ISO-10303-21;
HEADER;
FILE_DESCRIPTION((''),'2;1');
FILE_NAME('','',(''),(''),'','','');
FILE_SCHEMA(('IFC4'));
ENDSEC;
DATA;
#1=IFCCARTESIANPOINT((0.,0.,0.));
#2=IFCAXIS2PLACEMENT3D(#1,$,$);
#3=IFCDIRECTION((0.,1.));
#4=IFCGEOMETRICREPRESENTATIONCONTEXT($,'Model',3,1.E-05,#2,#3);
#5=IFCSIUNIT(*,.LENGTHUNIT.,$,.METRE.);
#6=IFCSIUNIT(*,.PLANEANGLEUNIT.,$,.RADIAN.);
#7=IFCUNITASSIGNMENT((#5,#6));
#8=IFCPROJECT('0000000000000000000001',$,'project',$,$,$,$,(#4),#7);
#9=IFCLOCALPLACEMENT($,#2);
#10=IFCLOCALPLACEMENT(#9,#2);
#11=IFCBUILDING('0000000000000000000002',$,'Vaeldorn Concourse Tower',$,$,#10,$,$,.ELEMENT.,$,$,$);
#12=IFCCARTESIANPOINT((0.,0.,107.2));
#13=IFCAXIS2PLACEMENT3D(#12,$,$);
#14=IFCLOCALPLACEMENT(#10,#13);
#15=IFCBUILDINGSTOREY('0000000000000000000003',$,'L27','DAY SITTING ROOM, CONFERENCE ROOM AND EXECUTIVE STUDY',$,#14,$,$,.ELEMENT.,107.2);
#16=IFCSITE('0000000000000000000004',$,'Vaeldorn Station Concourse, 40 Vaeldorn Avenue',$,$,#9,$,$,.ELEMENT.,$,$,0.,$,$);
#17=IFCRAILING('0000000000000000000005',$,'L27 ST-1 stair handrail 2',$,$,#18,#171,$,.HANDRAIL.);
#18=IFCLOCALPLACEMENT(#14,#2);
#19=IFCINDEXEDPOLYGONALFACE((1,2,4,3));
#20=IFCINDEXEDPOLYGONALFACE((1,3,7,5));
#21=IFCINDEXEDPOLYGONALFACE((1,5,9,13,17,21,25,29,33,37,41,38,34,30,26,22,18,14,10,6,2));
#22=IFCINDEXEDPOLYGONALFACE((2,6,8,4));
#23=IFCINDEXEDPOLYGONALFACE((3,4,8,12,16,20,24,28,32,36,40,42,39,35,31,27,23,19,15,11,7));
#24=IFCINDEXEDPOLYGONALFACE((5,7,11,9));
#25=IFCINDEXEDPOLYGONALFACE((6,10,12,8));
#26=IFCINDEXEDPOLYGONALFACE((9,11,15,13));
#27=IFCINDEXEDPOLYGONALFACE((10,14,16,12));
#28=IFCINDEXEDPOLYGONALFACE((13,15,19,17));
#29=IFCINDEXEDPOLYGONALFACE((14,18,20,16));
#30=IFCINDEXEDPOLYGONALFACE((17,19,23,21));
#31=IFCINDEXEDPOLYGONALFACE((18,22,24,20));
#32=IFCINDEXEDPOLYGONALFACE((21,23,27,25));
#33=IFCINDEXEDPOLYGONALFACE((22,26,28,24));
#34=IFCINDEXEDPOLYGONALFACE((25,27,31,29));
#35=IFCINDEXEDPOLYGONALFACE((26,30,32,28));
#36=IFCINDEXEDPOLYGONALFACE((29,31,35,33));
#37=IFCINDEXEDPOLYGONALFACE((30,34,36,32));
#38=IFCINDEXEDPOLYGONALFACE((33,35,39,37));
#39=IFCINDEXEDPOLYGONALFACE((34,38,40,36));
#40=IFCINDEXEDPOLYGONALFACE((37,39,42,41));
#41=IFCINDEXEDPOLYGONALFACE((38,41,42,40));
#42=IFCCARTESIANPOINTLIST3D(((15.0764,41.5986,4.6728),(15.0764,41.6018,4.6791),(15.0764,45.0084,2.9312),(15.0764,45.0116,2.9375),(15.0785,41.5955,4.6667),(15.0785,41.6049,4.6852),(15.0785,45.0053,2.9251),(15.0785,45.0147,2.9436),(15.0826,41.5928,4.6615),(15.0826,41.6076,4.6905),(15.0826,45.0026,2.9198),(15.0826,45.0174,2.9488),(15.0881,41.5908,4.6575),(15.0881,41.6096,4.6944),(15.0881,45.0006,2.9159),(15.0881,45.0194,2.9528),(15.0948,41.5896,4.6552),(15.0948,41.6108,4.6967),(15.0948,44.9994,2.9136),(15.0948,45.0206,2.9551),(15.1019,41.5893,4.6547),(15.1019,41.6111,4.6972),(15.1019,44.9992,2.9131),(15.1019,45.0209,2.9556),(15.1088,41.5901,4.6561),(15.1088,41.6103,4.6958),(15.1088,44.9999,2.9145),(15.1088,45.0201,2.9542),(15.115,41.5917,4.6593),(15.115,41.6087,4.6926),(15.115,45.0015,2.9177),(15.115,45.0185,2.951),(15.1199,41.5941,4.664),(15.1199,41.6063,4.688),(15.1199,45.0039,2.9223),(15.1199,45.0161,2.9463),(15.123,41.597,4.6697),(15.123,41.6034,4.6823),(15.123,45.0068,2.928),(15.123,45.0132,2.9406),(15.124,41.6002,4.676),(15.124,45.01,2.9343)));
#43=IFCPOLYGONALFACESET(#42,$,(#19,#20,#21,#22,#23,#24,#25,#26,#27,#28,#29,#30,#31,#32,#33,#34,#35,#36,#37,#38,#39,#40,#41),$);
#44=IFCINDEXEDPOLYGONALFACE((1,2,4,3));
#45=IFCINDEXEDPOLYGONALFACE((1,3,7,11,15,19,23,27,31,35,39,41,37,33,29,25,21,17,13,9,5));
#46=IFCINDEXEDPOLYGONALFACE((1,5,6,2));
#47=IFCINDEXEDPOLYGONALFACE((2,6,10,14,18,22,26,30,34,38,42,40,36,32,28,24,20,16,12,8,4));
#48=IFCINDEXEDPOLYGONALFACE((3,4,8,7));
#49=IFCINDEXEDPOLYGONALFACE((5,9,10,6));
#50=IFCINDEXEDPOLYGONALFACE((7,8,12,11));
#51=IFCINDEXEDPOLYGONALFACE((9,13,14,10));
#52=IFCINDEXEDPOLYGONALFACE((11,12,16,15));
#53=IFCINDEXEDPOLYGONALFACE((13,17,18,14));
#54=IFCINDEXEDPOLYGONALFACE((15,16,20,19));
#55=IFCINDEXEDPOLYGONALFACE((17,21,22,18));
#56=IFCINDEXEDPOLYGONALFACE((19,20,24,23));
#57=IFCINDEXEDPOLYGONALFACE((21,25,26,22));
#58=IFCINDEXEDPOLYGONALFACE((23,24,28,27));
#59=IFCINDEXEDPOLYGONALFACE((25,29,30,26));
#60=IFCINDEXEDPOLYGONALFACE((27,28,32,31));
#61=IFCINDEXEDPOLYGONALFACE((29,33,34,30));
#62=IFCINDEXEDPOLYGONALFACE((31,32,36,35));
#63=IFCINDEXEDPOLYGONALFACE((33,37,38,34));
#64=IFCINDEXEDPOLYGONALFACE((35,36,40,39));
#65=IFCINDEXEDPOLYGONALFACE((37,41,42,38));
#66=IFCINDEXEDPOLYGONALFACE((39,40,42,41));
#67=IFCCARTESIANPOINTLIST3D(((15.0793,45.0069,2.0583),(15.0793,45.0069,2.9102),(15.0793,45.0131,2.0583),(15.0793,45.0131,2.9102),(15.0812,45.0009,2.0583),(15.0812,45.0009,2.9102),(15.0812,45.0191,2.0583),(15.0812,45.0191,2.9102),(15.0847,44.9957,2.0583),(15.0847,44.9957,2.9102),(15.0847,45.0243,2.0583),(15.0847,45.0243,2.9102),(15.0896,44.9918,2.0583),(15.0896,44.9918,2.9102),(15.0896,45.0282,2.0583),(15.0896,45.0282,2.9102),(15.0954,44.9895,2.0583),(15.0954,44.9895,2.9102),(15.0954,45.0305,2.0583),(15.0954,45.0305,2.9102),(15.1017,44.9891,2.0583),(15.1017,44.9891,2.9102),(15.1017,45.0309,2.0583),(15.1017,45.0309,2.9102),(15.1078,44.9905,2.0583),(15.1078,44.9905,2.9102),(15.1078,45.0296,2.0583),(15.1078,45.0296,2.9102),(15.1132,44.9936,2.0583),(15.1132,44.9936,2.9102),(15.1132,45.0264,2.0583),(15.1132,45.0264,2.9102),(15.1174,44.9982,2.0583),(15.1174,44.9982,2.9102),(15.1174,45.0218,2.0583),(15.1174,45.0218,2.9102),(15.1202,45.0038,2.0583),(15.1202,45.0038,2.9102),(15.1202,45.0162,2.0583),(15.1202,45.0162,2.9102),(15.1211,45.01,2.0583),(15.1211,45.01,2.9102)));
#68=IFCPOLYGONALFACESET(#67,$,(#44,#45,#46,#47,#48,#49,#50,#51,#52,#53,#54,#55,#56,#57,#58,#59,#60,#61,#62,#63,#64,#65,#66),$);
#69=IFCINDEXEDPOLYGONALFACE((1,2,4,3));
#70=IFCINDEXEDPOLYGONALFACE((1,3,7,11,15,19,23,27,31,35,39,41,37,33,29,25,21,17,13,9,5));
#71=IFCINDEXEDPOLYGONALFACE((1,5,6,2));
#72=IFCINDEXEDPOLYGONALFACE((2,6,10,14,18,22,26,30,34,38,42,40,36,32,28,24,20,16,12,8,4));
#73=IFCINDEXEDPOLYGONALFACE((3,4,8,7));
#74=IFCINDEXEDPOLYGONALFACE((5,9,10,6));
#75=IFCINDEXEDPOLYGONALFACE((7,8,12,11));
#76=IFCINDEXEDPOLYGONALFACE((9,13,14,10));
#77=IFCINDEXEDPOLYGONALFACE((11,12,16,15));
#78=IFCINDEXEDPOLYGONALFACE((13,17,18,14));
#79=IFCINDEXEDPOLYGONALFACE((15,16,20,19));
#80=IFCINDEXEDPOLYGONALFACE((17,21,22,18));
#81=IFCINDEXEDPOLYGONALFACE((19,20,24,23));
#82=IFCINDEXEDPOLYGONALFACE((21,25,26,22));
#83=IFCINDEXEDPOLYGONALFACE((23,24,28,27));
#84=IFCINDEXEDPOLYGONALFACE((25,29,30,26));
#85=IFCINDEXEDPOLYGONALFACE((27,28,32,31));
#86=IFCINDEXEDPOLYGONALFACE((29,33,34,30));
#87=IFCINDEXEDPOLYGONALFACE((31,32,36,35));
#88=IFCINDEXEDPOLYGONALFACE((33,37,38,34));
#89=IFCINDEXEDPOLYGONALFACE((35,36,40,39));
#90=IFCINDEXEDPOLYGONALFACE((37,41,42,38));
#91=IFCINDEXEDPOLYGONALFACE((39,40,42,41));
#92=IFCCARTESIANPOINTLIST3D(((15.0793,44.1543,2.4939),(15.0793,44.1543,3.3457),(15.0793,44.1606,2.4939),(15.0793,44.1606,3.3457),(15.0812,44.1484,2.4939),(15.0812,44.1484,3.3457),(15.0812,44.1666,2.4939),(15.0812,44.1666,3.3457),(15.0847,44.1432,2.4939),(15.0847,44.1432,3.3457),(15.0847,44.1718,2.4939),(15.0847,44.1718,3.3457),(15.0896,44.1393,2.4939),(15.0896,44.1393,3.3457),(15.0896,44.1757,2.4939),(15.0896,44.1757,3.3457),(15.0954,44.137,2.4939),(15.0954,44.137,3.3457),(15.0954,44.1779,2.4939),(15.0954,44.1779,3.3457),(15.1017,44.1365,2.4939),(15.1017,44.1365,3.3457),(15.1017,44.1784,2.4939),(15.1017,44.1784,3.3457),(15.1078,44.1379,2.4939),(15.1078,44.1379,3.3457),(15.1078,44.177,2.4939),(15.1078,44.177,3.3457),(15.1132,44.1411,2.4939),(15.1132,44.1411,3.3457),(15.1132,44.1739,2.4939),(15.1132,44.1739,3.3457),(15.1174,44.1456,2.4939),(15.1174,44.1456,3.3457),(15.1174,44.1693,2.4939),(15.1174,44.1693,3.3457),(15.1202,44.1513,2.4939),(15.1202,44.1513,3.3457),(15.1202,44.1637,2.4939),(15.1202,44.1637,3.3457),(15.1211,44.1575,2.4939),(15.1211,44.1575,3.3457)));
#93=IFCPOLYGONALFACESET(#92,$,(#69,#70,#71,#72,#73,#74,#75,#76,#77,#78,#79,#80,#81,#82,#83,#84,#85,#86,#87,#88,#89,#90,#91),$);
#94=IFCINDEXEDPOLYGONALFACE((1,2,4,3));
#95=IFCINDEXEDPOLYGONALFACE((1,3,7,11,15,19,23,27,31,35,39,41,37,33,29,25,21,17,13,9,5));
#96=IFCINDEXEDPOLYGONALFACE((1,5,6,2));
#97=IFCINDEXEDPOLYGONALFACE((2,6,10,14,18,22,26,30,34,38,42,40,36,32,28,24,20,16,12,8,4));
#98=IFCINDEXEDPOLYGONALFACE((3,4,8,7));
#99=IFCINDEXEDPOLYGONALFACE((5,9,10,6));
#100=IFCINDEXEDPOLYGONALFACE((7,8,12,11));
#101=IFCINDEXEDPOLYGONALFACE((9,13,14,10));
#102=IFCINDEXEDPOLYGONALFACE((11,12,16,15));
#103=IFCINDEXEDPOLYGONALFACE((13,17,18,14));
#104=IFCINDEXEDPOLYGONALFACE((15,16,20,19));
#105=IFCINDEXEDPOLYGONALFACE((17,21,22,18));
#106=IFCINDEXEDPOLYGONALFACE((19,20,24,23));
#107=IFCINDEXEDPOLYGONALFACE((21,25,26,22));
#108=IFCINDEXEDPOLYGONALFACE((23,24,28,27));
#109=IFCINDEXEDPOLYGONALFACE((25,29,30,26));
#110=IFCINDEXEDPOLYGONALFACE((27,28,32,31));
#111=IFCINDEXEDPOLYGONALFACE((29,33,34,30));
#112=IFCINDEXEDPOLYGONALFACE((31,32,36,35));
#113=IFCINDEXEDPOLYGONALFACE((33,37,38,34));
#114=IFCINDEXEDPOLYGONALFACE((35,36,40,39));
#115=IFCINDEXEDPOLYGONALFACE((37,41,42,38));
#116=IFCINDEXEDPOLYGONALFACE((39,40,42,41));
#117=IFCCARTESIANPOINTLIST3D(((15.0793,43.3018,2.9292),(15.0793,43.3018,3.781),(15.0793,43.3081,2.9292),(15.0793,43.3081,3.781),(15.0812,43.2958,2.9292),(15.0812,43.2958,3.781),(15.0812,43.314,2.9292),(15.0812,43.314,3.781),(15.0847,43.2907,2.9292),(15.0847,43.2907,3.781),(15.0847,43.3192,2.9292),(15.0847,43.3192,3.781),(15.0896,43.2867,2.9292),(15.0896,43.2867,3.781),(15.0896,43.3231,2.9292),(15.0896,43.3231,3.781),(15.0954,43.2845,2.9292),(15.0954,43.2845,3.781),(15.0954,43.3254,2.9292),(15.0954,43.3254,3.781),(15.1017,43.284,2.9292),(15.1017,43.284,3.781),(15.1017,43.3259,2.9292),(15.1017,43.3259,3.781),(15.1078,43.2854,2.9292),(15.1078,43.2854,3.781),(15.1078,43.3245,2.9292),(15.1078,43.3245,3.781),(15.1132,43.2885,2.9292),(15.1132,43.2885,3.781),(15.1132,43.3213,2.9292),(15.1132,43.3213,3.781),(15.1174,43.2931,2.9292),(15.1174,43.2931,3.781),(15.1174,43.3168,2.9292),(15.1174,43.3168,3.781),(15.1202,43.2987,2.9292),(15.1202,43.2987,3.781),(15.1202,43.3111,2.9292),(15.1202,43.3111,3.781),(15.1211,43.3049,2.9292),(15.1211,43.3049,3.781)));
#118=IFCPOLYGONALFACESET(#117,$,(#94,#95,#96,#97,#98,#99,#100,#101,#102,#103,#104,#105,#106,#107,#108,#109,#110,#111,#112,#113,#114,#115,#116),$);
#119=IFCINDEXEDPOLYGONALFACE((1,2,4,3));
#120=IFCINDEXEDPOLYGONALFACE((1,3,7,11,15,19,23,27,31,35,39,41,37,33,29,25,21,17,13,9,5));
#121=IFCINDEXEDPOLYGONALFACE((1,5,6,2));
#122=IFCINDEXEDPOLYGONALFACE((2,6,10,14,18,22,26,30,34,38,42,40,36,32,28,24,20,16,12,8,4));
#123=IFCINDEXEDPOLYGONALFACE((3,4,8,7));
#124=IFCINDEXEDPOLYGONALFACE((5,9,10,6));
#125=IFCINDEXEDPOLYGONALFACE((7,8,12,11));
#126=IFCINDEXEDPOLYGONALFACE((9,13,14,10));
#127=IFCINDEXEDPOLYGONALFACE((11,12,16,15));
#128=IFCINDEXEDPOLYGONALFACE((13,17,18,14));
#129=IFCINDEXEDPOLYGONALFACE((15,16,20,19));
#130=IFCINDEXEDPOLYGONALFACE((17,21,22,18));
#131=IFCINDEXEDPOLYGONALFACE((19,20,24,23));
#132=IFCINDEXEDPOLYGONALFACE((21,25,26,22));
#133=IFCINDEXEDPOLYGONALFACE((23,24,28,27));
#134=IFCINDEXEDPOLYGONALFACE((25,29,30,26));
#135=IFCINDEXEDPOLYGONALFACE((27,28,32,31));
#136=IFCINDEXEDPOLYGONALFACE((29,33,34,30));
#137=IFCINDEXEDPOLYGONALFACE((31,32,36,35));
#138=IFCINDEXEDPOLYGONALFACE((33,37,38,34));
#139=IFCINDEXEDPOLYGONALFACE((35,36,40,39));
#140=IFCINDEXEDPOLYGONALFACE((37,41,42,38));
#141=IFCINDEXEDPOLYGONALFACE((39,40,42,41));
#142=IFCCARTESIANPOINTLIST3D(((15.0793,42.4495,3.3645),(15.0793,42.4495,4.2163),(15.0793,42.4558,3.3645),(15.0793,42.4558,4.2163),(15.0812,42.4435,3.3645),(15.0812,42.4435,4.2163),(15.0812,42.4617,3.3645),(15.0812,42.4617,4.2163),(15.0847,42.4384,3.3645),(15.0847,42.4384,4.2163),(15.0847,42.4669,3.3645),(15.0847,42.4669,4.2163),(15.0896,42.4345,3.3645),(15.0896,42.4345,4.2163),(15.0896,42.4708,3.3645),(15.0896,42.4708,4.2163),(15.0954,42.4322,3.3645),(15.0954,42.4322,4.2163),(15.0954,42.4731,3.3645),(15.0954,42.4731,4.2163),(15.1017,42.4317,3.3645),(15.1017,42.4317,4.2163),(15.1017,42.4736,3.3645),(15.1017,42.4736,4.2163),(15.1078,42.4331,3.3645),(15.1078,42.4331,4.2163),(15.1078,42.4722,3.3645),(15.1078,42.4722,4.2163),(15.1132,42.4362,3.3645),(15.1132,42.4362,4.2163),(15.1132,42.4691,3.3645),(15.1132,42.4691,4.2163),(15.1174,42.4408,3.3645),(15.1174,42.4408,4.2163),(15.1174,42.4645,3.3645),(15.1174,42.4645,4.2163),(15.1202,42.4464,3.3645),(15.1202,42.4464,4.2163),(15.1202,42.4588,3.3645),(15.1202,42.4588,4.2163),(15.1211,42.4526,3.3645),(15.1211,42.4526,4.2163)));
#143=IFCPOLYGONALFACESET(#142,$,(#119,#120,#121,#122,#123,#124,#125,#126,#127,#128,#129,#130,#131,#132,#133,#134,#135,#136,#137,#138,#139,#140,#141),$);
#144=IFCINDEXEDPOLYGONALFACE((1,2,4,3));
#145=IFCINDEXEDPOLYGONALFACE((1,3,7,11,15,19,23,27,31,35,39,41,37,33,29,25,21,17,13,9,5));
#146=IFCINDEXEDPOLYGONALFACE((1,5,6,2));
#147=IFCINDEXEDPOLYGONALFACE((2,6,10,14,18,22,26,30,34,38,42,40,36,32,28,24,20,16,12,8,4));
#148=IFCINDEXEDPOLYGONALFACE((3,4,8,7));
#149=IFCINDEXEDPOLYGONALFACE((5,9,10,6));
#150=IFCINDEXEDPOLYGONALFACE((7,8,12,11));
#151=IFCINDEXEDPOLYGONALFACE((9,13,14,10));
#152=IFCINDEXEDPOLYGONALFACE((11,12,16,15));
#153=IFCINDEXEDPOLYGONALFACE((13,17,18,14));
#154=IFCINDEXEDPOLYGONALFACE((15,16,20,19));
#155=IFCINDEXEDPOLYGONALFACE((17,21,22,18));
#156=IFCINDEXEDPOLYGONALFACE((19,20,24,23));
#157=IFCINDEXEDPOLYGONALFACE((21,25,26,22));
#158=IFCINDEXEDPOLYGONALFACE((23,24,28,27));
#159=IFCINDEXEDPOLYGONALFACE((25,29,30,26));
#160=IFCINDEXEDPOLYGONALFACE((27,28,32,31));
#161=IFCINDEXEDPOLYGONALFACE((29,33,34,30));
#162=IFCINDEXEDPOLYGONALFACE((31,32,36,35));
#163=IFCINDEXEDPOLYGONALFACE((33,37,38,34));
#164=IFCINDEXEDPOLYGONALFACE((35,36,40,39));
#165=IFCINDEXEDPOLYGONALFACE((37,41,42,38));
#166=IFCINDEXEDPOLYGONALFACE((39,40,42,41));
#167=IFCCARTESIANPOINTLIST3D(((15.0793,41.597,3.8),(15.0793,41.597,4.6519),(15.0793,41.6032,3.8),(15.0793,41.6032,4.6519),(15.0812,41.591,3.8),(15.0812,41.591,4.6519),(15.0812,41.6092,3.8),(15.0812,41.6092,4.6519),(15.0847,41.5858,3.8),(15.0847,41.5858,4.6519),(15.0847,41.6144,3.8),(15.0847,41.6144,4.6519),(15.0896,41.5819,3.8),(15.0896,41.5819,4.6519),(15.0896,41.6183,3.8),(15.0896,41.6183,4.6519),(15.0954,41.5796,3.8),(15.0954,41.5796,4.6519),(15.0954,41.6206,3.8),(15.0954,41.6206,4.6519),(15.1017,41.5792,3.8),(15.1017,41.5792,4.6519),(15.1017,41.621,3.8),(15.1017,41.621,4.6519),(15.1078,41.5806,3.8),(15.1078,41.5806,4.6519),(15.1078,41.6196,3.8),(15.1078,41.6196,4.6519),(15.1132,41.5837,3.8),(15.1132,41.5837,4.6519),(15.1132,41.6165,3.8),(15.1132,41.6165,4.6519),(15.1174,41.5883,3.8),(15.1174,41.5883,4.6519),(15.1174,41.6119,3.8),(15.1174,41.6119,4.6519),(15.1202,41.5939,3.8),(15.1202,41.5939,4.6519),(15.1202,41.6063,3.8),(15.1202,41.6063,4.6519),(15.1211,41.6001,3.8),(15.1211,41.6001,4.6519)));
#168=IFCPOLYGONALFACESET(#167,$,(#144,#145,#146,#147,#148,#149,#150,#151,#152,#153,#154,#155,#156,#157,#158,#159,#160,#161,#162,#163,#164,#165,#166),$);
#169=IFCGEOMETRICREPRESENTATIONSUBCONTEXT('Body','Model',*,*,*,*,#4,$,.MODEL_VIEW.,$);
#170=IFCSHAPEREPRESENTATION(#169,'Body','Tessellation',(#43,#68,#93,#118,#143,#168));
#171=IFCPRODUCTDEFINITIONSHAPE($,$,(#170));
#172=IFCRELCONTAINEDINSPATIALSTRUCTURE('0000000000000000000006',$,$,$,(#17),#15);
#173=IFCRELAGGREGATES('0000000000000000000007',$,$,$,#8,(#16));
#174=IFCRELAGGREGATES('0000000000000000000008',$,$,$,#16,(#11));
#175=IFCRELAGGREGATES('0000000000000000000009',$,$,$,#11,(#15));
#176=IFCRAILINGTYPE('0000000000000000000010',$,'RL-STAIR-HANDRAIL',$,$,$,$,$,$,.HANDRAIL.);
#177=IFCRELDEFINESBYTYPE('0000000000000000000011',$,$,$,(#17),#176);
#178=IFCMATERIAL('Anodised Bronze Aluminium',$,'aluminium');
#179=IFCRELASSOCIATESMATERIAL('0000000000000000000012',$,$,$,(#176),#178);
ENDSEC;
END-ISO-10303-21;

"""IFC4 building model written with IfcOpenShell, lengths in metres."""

from ifc_helpers import new_model, si_unit, direction, frame, origin, origin_2d, place, context, subcontext, project, spatial, circle, extrude, material, type_object, element, save


model = new_model("IFC4")

# Units and contexts
model_context = context("Model", 3, precision=1e-05, world=origin(), true_north=direction((0.0, 1.0)))
body_context = subcontext(model_context, "Body", "Model", "MODEL_VIEW")
ifc_project = project(units=[si_unit("LENGTHUNIT", "METRE"), si_unit("PLANEANGLEUNIT", "RADIAN")], contexts=[model_context])

# Site, building, storey
site_placement = place(None, origin())
site = spatial("IfcSite", under=ifc_project, at=site_placement, Name="Vaeldorn Station Concourse, 40 Vaeldorn Avenue", CompositionType="ELEMENT", RefElevation=0.0)
building_placement = place(site_placement, origin())
building = spatial("IfcBuilding", under=site, at=building_placement, Name="Vaeldorn Concourse Tower", CompositionType="ELEMENT")
storey_placement = place(building_placement, frame((0.0, 0.0, 107.2)))
storey = spatial("IfcBuildingStorey", under=building, at=storey_placement, Name="L27", Description="DAY SITTING ROOM, CONFERENCE ROOM AND EXECUTIVE STUDY", CompositionType="ELEMENT", Elevation=107.2)

# Shared definitions
ifc_material_1 = material(Name="Anodised Bronze Aluminium", Category="aluminium")

# Railing
railing_type_1 = type_object("IfcRailingType", Name="RL-STAIR-HANDRAIL", PredefinedType="HANDRAIL", material=ifc_material_1)
railing_1_placement = place(storey_placement, frame((15.1001, 45.01, 2.0583)))
element("IfcRailing", 1, at=railing_1_placement, inside=storey, type_object=railing_type_1, Name="L27 ST-1 stair handrail 2", PredefinedType="HANDRAIL", context=body_context, shape_type="SweptSolid", body=[
    extrude(circle(Radius=0.0239, at=origin_2d()), frame((0.0, 0.0, 0.876), z_axis=(0.0, -0.890556, 0.454874), x_axis=(1.0, 0.0, 0.0)), (0.0, 0.0, 1.0), 3.8289),
    extrude(circle(Radius=0.021, at=origin_2d()), origin(), (0.0, 0.0, 1.0), 0.8518),
    extrude(circle(Radius=0.021, at=origin_2d()), frame((0.0, -0.8525, 0.4355)), (0.0, 0.0, 1.0), 0.8518),
    extrude(circle(Radius=0.021, at=origin_2d()), frame((0.0, -1.7051, 0.8708)), (0.0, 0.0, 1.0), 0.8518),
    extrude(circle(Radius=0.021, at=origin_2d()), frame((0.0, -2.5574, 1.3062)), (0.0, 0.0, 1.0), 0.8518),
    extrude(circle(Radius=0.021, at=origin_2d()), frame((0.0, -3.4099, 1.7417)), (0.0, 0.0, 1.0), 0.8518),
])

save(model, "model.ifc")
